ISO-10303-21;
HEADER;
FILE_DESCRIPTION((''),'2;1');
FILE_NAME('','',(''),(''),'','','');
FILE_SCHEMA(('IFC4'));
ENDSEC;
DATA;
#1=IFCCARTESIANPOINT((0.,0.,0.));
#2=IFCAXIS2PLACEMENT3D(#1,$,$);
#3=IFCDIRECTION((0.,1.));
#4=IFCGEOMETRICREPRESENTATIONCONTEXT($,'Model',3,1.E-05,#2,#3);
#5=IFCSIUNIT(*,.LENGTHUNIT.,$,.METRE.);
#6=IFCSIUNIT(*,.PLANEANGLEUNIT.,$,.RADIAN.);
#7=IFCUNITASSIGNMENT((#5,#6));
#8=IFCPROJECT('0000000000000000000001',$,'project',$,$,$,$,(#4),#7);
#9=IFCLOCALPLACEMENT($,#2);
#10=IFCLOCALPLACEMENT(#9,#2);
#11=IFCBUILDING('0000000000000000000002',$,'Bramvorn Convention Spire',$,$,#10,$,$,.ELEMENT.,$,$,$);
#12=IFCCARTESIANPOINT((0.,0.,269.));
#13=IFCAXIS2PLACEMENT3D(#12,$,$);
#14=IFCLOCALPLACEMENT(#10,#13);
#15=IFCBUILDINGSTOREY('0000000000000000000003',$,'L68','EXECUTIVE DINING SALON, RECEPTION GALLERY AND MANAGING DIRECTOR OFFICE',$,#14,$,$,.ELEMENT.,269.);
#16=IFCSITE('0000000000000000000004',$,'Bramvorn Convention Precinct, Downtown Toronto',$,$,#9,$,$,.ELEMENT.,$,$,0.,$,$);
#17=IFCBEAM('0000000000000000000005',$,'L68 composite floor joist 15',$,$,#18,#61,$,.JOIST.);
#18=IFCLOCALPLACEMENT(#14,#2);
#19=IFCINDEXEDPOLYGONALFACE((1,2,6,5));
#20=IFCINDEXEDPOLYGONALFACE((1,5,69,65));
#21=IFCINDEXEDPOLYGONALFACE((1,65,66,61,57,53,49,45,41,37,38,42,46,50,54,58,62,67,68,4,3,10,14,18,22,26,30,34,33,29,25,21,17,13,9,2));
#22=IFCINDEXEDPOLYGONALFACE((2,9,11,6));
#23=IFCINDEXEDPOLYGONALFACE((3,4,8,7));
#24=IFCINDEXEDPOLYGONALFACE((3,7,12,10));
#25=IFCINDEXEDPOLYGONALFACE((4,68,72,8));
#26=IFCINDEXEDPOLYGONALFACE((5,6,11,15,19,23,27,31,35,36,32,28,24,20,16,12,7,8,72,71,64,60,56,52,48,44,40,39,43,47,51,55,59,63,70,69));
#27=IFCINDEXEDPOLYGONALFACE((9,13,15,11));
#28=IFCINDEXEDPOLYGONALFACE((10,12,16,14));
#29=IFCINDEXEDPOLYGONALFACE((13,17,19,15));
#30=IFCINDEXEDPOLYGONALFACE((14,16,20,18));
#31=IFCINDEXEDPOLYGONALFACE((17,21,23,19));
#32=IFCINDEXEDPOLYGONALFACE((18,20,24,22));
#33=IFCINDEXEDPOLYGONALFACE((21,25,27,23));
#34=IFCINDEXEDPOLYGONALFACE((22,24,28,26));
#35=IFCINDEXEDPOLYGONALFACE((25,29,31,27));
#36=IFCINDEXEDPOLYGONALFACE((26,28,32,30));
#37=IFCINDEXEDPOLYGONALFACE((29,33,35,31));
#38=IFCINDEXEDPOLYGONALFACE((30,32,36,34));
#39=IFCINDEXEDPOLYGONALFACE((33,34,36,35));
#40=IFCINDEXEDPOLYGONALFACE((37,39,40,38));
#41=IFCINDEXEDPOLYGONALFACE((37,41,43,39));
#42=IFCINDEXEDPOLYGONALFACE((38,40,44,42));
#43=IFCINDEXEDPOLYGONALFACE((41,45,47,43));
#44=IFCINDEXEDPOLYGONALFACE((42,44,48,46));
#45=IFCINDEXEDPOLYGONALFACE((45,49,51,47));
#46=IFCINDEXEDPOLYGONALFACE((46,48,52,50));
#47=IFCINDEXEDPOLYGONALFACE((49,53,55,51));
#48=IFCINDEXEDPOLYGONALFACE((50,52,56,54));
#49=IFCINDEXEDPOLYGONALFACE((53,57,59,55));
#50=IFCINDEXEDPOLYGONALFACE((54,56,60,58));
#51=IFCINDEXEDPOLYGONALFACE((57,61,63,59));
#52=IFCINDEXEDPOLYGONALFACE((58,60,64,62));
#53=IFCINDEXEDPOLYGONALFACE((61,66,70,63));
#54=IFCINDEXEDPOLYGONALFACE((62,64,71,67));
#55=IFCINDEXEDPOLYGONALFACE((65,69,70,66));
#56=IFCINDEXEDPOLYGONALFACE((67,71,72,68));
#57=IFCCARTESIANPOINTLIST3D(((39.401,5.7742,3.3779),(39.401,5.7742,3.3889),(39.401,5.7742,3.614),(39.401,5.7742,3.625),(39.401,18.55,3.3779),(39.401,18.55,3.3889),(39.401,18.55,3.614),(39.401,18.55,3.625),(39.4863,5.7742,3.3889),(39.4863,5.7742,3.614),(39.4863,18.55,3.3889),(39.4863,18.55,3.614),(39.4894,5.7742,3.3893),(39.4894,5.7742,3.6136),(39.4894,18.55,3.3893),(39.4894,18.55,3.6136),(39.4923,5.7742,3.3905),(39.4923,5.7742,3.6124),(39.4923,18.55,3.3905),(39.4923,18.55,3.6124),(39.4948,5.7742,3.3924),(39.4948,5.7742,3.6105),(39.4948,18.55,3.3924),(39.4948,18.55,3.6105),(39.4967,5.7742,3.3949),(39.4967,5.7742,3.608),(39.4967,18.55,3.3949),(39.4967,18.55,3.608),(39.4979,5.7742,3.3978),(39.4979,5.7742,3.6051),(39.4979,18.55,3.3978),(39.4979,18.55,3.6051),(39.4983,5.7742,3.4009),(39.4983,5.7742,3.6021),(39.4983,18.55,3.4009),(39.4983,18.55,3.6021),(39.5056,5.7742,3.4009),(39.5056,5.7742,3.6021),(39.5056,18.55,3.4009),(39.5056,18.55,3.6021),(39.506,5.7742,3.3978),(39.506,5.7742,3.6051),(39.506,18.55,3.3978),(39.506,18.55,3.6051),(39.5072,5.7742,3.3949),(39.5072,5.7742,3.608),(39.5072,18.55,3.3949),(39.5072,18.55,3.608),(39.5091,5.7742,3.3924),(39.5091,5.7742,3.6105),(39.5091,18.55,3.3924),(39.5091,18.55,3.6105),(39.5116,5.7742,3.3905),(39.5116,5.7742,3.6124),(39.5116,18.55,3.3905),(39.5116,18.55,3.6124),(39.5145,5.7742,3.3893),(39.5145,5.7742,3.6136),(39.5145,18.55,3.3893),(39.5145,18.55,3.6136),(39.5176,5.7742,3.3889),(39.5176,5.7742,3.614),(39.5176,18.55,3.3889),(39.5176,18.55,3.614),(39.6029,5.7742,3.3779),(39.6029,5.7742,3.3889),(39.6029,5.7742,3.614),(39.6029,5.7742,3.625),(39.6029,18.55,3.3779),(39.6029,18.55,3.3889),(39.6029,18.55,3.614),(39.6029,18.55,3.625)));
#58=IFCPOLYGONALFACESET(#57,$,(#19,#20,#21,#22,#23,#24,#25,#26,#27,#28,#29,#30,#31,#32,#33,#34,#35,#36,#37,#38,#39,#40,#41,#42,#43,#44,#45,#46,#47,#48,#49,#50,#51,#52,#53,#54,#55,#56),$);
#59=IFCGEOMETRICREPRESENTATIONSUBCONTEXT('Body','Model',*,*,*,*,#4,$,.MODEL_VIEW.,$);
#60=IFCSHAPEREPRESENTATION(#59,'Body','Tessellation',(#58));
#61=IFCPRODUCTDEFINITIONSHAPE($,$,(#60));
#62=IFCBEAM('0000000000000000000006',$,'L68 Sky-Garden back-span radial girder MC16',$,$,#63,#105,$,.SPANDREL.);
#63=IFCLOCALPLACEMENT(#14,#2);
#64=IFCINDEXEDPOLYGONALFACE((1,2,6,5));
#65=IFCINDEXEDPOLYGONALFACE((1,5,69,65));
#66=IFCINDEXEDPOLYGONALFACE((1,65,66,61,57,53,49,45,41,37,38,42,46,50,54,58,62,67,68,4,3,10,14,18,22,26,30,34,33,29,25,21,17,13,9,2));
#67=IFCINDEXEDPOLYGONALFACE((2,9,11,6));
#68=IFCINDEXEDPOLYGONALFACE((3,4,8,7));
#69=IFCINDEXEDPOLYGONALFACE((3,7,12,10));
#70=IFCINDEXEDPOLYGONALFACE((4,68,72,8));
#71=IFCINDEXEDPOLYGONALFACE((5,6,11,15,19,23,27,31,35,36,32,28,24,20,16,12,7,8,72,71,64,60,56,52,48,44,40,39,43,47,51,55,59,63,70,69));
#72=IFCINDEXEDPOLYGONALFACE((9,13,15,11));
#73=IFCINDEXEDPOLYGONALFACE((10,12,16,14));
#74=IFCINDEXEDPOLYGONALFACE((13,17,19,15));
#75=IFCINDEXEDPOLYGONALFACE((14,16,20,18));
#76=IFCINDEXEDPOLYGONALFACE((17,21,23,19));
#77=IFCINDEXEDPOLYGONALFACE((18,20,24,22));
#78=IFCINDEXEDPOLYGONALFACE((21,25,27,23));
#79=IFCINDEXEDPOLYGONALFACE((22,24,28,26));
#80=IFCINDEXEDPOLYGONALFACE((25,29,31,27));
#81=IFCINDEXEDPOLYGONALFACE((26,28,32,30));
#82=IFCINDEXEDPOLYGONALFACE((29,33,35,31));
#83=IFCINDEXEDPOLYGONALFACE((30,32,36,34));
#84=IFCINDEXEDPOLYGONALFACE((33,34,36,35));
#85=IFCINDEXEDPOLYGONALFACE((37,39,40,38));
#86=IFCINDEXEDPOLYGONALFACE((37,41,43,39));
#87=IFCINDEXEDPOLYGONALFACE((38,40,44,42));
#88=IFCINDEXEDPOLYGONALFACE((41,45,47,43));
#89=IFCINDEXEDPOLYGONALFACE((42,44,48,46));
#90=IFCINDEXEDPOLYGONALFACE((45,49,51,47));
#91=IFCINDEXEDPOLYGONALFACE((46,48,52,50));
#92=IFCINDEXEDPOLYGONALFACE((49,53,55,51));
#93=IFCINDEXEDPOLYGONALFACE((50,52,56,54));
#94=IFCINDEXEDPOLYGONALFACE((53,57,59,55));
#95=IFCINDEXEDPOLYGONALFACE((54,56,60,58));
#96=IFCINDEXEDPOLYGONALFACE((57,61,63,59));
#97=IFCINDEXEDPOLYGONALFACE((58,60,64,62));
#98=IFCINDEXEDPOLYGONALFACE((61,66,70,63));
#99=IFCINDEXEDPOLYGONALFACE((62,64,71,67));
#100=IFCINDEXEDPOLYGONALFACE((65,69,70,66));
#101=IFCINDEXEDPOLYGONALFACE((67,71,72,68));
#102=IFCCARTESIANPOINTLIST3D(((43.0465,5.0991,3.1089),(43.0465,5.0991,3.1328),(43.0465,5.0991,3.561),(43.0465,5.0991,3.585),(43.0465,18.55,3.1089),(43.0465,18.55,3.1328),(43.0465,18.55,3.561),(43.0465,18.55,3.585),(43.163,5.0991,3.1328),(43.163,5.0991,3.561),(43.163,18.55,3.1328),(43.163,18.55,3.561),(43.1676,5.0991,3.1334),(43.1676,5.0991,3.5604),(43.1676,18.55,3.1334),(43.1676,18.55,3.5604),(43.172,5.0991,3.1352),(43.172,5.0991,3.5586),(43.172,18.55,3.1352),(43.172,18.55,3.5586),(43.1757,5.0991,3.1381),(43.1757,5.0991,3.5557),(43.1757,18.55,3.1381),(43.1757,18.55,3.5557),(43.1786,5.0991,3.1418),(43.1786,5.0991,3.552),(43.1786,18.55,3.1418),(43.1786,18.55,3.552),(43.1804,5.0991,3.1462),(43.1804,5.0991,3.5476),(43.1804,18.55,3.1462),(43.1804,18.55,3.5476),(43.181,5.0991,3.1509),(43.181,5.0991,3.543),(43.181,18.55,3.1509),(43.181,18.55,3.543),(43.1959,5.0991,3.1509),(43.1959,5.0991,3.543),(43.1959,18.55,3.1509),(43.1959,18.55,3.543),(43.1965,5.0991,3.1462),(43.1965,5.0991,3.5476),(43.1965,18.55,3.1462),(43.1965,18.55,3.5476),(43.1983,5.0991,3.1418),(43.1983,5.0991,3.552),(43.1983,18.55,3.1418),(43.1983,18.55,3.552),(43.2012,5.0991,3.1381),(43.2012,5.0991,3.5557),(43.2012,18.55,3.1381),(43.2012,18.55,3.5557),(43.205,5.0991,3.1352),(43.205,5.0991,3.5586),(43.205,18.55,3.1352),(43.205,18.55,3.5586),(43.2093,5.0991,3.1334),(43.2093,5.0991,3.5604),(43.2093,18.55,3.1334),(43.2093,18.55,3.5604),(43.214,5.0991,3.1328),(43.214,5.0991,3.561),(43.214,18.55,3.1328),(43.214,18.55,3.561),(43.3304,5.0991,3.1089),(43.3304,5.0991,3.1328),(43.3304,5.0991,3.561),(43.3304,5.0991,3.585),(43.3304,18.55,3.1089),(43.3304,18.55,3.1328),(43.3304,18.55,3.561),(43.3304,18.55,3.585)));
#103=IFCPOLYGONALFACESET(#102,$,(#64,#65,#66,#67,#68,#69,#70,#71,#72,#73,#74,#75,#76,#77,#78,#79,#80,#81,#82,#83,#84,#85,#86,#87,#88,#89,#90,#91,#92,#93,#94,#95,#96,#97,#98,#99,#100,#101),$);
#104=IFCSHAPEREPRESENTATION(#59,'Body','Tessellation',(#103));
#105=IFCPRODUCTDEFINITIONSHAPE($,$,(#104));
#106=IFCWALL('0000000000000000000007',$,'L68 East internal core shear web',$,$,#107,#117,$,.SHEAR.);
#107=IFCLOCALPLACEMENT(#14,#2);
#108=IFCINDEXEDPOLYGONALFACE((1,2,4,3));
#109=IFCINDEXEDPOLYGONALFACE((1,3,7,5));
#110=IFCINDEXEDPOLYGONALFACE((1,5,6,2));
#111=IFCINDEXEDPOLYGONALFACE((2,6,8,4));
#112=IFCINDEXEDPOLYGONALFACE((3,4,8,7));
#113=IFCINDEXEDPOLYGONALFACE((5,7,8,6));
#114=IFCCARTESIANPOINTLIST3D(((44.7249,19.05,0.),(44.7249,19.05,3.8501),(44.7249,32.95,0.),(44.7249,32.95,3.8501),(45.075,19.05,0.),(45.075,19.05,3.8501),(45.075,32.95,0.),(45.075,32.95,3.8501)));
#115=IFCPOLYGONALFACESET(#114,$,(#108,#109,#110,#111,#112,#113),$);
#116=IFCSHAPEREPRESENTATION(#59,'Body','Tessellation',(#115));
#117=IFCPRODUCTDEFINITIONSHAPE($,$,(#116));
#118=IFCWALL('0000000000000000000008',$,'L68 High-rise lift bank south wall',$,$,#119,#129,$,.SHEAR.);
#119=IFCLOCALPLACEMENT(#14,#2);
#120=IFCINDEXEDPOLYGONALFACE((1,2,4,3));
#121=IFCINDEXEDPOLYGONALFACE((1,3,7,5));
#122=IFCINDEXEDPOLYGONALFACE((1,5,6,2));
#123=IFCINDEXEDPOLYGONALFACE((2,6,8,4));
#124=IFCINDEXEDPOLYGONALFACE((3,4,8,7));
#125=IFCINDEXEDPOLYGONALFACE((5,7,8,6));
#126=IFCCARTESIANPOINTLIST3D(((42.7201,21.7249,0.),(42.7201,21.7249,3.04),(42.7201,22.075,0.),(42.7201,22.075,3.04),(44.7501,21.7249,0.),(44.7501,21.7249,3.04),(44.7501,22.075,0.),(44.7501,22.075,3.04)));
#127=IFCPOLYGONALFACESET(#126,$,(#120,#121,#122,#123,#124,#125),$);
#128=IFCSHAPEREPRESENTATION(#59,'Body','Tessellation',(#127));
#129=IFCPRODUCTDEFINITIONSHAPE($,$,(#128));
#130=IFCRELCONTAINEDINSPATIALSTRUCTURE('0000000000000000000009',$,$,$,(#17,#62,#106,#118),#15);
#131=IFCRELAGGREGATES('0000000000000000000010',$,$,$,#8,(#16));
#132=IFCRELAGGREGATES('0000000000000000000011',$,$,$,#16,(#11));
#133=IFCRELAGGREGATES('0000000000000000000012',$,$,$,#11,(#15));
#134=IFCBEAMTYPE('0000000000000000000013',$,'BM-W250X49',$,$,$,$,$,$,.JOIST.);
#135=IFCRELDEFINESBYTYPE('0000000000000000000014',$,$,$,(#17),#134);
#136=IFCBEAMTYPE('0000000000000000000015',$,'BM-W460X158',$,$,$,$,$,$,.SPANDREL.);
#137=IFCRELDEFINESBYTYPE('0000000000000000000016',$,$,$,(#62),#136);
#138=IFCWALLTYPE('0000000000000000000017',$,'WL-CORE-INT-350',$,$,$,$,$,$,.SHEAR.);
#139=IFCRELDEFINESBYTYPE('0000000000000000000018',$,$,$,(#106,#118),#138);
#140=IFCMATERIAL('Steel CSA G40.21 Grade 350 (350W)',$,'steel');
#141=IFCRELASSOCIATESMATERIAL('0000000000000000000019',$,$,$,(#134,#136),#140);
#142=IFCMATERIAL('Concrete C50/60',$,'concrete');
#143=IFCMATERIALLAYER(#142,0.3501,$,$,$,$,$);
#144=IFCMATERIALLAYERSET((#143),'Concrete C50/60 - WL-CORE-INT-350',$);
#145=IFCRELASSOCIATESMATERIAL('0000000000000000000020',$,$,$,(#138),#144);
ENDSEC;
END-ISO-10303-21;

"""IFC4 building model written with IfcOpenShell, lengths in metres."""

from ifc_helpers import new_model, si_unit, direction, frame, frame_2d, origin, origin_2d, place, context, subcontext, project, spatial, rectangle, i_section, extrude, material, layer, layer_set, material_profile, profile_set, type_object, element, save


model = new_model("IFC4")

# Units and contexts
model_context = context("Model", 3, precision=1e-05, world=origin(), true_north=direction((0.0, 1.0)))
body_context = subcontext(model_context, "Body", "Model", "MODEL_VIEW")
ifc_project = project(units=[si_unit("LENGTHUNIT", "METRE"), si_unit("PLANEANGLEUNIT", "RADIAN")], contexts=[model_context])

# Site, building, storey
site_placement = place(None, origin())
site = spatial("IfcSite", under=ifc_project, at=site_placement, Name="Bramvorn Convention Precinct, Downtown Toronto", CompositionType="ELEMENT", RefElevation=0.0)
building_placement = place(site_placement, origin())
building = spatial("IfcBuilding", under=site, at=building_placement, Name="Bramvorn Convention Spire", CompositionType="ELEMENT")
storey_placement = place(building_placement, frame((0.0, 0.0, 269.0)))
storey = spatial("IfcBuildingStorey", under=building, at=storey_placement, Name="L68", Description="EXECUTIVE DINING SALON, RECEPTION GALLERY AND MANAGING DIRECTOR OFFICE", CompositionType="ELEMENT", Elevation=269.0)

# Beams
ifc_material_1 = material(Name="Steel CSA G40.21 Grade 350 (350W)", Category="steel")
ifc_material_profile_1 = material_profile(ifc_material_1, i_section(OverallWidth=0.2019, OverallDepth=0.2471, WebThickness=0.0073, FlangeThickness=0.011, FilletRadius=0.012, at=origin_2d()))
ifc_profile_set_1 = profile_set([ifc_material_profile_1], Name="Steel CSA G40.21 Grade 350 (350W) - W250X49")
beam_type_1 = type_object("IfcBeamType", Name="BM-W250X49", PredefinedType="JOIST", material=ifc_profile_set_1)
beam_1_placement = place(storey_placement, frame((39.502, 18.55, 3.5015), z_axis=(0.0, -1.0, 0.0), x_axis=(1.0, 0.0, 0.0)))
element("IfcBeam", 1, at=beam_1_placement, inside=storey, type_object=beam_type_1, Name="L68 composite floor joist 15", PredefinedType="JOIST", context=body_context, shape_type="SweptSolid", body=[
    extrude(i_section(OverallWidth=0.2019, OverallDepth=0.2471, WebThickness=0.0073, FlangeThickness=0.011, FilletRadius=0.012, at=origin_2d()), origin(), (0.0, 0.0, 1.0), 12.7759),
])
ifc_material_profile_2 = material_profile(ifc_material_1, i_section(OverallWidth=0.2839, OverallDepth=0.4761, WebThickness=0.0149, FlangeThickness=0.0239, FilletRadius=0.0181, at=origin_2d()))
ifc_profile_set_2 = profile_set([ifc_material_profile_2], Name="Steel CSA G40.21 Grade 350 (350W) - W460X158")
beam_type_2 = type_object("IfcBeamType", Name="BM-W460X158", PredefinedType="SPANDREL", material=ifc_profile_set_2)
beam_2_placement = place(storey_placement, frame((43.1885, 18.55, 3.3469), z_axis=(0.0, -1.0, 0.0), x_axis=(1.0, 0.0, 0.0)))
element("IfcBeam", 2, at=beam_2_placement, inside=storey, type_object=beam_type_2, Name="L68 Sky-Garden back-span radial girder MC16", PredefinedType="SPANDREL", context=body_context, shape_type="SweptSolid", body=[
    extrude(i_section(OverallWidth=0.2839, OverallDepth=0.4761, WebThickness=0.0149, FlangeThickness=0.0239, FilletRadius=0.0181, at=origin_2d()), origin(), (0.0, 0.0, 1.0), 13.4509),
])

# Wall
ifc_material_2 = material(Name="Concrete C50/60", Category="concrete")
ifc_layer_1 = layer(ifc_material_2, 0.3501)
ifc_layer_set_1 = layer_set([ifc_layer_1], Name="Concrete C50/60 - WL-CORE-INT-350")
wall_type_1 = type_object("IfcWallType", Name="WL-CORE-INT-350", PredefinedType="SHEAR", material=ifc_layer_set_1)
wall_1_placement = place(storey_placement, frame((44.8999, 19.05, 0.0), z_axis=(0.0, 0.0, 1.0), x_axis=(0.0, 1.0, 0.0)))
element("IfcWall", 3, at=wall_1_placement, inside=storey, type_object=wall_type_1, Name="L68 East internal core shear web", PredefinedType="SHEAR", context=body_context, shape_type="SweptSolid", body=[
    extrude(rectangle(XDim=13.8999, YDim=0.3501, at=frame_2d((6.95, 0.0))), origin(), (0.0, 0.0, 1.0), 3.8501),
])

# Wall
wall_2_placement = place(storey_placement, frame((42.72, 21.8999, 0.0), z_axis=(0.0, 0.0, 1.0), x_axis=(1.0, 0.0, 0.0)))
element("IfcWall", 4, at=wall_2_placement, inside=storey, type_object=wall_type_1, Name="L68 High-rise lift bank south wall", PredefinedType="SHEAR", context=body_context, shape_type="SweptSolid", body=[
    extrude(rectangle(XDim=2.03, YDim=0.3501, at=frame_2d((1.0151, 0.0))), origin(), (0.0, 0.0, 1.0), 3.04),
])

save(model, "model.ifc")
